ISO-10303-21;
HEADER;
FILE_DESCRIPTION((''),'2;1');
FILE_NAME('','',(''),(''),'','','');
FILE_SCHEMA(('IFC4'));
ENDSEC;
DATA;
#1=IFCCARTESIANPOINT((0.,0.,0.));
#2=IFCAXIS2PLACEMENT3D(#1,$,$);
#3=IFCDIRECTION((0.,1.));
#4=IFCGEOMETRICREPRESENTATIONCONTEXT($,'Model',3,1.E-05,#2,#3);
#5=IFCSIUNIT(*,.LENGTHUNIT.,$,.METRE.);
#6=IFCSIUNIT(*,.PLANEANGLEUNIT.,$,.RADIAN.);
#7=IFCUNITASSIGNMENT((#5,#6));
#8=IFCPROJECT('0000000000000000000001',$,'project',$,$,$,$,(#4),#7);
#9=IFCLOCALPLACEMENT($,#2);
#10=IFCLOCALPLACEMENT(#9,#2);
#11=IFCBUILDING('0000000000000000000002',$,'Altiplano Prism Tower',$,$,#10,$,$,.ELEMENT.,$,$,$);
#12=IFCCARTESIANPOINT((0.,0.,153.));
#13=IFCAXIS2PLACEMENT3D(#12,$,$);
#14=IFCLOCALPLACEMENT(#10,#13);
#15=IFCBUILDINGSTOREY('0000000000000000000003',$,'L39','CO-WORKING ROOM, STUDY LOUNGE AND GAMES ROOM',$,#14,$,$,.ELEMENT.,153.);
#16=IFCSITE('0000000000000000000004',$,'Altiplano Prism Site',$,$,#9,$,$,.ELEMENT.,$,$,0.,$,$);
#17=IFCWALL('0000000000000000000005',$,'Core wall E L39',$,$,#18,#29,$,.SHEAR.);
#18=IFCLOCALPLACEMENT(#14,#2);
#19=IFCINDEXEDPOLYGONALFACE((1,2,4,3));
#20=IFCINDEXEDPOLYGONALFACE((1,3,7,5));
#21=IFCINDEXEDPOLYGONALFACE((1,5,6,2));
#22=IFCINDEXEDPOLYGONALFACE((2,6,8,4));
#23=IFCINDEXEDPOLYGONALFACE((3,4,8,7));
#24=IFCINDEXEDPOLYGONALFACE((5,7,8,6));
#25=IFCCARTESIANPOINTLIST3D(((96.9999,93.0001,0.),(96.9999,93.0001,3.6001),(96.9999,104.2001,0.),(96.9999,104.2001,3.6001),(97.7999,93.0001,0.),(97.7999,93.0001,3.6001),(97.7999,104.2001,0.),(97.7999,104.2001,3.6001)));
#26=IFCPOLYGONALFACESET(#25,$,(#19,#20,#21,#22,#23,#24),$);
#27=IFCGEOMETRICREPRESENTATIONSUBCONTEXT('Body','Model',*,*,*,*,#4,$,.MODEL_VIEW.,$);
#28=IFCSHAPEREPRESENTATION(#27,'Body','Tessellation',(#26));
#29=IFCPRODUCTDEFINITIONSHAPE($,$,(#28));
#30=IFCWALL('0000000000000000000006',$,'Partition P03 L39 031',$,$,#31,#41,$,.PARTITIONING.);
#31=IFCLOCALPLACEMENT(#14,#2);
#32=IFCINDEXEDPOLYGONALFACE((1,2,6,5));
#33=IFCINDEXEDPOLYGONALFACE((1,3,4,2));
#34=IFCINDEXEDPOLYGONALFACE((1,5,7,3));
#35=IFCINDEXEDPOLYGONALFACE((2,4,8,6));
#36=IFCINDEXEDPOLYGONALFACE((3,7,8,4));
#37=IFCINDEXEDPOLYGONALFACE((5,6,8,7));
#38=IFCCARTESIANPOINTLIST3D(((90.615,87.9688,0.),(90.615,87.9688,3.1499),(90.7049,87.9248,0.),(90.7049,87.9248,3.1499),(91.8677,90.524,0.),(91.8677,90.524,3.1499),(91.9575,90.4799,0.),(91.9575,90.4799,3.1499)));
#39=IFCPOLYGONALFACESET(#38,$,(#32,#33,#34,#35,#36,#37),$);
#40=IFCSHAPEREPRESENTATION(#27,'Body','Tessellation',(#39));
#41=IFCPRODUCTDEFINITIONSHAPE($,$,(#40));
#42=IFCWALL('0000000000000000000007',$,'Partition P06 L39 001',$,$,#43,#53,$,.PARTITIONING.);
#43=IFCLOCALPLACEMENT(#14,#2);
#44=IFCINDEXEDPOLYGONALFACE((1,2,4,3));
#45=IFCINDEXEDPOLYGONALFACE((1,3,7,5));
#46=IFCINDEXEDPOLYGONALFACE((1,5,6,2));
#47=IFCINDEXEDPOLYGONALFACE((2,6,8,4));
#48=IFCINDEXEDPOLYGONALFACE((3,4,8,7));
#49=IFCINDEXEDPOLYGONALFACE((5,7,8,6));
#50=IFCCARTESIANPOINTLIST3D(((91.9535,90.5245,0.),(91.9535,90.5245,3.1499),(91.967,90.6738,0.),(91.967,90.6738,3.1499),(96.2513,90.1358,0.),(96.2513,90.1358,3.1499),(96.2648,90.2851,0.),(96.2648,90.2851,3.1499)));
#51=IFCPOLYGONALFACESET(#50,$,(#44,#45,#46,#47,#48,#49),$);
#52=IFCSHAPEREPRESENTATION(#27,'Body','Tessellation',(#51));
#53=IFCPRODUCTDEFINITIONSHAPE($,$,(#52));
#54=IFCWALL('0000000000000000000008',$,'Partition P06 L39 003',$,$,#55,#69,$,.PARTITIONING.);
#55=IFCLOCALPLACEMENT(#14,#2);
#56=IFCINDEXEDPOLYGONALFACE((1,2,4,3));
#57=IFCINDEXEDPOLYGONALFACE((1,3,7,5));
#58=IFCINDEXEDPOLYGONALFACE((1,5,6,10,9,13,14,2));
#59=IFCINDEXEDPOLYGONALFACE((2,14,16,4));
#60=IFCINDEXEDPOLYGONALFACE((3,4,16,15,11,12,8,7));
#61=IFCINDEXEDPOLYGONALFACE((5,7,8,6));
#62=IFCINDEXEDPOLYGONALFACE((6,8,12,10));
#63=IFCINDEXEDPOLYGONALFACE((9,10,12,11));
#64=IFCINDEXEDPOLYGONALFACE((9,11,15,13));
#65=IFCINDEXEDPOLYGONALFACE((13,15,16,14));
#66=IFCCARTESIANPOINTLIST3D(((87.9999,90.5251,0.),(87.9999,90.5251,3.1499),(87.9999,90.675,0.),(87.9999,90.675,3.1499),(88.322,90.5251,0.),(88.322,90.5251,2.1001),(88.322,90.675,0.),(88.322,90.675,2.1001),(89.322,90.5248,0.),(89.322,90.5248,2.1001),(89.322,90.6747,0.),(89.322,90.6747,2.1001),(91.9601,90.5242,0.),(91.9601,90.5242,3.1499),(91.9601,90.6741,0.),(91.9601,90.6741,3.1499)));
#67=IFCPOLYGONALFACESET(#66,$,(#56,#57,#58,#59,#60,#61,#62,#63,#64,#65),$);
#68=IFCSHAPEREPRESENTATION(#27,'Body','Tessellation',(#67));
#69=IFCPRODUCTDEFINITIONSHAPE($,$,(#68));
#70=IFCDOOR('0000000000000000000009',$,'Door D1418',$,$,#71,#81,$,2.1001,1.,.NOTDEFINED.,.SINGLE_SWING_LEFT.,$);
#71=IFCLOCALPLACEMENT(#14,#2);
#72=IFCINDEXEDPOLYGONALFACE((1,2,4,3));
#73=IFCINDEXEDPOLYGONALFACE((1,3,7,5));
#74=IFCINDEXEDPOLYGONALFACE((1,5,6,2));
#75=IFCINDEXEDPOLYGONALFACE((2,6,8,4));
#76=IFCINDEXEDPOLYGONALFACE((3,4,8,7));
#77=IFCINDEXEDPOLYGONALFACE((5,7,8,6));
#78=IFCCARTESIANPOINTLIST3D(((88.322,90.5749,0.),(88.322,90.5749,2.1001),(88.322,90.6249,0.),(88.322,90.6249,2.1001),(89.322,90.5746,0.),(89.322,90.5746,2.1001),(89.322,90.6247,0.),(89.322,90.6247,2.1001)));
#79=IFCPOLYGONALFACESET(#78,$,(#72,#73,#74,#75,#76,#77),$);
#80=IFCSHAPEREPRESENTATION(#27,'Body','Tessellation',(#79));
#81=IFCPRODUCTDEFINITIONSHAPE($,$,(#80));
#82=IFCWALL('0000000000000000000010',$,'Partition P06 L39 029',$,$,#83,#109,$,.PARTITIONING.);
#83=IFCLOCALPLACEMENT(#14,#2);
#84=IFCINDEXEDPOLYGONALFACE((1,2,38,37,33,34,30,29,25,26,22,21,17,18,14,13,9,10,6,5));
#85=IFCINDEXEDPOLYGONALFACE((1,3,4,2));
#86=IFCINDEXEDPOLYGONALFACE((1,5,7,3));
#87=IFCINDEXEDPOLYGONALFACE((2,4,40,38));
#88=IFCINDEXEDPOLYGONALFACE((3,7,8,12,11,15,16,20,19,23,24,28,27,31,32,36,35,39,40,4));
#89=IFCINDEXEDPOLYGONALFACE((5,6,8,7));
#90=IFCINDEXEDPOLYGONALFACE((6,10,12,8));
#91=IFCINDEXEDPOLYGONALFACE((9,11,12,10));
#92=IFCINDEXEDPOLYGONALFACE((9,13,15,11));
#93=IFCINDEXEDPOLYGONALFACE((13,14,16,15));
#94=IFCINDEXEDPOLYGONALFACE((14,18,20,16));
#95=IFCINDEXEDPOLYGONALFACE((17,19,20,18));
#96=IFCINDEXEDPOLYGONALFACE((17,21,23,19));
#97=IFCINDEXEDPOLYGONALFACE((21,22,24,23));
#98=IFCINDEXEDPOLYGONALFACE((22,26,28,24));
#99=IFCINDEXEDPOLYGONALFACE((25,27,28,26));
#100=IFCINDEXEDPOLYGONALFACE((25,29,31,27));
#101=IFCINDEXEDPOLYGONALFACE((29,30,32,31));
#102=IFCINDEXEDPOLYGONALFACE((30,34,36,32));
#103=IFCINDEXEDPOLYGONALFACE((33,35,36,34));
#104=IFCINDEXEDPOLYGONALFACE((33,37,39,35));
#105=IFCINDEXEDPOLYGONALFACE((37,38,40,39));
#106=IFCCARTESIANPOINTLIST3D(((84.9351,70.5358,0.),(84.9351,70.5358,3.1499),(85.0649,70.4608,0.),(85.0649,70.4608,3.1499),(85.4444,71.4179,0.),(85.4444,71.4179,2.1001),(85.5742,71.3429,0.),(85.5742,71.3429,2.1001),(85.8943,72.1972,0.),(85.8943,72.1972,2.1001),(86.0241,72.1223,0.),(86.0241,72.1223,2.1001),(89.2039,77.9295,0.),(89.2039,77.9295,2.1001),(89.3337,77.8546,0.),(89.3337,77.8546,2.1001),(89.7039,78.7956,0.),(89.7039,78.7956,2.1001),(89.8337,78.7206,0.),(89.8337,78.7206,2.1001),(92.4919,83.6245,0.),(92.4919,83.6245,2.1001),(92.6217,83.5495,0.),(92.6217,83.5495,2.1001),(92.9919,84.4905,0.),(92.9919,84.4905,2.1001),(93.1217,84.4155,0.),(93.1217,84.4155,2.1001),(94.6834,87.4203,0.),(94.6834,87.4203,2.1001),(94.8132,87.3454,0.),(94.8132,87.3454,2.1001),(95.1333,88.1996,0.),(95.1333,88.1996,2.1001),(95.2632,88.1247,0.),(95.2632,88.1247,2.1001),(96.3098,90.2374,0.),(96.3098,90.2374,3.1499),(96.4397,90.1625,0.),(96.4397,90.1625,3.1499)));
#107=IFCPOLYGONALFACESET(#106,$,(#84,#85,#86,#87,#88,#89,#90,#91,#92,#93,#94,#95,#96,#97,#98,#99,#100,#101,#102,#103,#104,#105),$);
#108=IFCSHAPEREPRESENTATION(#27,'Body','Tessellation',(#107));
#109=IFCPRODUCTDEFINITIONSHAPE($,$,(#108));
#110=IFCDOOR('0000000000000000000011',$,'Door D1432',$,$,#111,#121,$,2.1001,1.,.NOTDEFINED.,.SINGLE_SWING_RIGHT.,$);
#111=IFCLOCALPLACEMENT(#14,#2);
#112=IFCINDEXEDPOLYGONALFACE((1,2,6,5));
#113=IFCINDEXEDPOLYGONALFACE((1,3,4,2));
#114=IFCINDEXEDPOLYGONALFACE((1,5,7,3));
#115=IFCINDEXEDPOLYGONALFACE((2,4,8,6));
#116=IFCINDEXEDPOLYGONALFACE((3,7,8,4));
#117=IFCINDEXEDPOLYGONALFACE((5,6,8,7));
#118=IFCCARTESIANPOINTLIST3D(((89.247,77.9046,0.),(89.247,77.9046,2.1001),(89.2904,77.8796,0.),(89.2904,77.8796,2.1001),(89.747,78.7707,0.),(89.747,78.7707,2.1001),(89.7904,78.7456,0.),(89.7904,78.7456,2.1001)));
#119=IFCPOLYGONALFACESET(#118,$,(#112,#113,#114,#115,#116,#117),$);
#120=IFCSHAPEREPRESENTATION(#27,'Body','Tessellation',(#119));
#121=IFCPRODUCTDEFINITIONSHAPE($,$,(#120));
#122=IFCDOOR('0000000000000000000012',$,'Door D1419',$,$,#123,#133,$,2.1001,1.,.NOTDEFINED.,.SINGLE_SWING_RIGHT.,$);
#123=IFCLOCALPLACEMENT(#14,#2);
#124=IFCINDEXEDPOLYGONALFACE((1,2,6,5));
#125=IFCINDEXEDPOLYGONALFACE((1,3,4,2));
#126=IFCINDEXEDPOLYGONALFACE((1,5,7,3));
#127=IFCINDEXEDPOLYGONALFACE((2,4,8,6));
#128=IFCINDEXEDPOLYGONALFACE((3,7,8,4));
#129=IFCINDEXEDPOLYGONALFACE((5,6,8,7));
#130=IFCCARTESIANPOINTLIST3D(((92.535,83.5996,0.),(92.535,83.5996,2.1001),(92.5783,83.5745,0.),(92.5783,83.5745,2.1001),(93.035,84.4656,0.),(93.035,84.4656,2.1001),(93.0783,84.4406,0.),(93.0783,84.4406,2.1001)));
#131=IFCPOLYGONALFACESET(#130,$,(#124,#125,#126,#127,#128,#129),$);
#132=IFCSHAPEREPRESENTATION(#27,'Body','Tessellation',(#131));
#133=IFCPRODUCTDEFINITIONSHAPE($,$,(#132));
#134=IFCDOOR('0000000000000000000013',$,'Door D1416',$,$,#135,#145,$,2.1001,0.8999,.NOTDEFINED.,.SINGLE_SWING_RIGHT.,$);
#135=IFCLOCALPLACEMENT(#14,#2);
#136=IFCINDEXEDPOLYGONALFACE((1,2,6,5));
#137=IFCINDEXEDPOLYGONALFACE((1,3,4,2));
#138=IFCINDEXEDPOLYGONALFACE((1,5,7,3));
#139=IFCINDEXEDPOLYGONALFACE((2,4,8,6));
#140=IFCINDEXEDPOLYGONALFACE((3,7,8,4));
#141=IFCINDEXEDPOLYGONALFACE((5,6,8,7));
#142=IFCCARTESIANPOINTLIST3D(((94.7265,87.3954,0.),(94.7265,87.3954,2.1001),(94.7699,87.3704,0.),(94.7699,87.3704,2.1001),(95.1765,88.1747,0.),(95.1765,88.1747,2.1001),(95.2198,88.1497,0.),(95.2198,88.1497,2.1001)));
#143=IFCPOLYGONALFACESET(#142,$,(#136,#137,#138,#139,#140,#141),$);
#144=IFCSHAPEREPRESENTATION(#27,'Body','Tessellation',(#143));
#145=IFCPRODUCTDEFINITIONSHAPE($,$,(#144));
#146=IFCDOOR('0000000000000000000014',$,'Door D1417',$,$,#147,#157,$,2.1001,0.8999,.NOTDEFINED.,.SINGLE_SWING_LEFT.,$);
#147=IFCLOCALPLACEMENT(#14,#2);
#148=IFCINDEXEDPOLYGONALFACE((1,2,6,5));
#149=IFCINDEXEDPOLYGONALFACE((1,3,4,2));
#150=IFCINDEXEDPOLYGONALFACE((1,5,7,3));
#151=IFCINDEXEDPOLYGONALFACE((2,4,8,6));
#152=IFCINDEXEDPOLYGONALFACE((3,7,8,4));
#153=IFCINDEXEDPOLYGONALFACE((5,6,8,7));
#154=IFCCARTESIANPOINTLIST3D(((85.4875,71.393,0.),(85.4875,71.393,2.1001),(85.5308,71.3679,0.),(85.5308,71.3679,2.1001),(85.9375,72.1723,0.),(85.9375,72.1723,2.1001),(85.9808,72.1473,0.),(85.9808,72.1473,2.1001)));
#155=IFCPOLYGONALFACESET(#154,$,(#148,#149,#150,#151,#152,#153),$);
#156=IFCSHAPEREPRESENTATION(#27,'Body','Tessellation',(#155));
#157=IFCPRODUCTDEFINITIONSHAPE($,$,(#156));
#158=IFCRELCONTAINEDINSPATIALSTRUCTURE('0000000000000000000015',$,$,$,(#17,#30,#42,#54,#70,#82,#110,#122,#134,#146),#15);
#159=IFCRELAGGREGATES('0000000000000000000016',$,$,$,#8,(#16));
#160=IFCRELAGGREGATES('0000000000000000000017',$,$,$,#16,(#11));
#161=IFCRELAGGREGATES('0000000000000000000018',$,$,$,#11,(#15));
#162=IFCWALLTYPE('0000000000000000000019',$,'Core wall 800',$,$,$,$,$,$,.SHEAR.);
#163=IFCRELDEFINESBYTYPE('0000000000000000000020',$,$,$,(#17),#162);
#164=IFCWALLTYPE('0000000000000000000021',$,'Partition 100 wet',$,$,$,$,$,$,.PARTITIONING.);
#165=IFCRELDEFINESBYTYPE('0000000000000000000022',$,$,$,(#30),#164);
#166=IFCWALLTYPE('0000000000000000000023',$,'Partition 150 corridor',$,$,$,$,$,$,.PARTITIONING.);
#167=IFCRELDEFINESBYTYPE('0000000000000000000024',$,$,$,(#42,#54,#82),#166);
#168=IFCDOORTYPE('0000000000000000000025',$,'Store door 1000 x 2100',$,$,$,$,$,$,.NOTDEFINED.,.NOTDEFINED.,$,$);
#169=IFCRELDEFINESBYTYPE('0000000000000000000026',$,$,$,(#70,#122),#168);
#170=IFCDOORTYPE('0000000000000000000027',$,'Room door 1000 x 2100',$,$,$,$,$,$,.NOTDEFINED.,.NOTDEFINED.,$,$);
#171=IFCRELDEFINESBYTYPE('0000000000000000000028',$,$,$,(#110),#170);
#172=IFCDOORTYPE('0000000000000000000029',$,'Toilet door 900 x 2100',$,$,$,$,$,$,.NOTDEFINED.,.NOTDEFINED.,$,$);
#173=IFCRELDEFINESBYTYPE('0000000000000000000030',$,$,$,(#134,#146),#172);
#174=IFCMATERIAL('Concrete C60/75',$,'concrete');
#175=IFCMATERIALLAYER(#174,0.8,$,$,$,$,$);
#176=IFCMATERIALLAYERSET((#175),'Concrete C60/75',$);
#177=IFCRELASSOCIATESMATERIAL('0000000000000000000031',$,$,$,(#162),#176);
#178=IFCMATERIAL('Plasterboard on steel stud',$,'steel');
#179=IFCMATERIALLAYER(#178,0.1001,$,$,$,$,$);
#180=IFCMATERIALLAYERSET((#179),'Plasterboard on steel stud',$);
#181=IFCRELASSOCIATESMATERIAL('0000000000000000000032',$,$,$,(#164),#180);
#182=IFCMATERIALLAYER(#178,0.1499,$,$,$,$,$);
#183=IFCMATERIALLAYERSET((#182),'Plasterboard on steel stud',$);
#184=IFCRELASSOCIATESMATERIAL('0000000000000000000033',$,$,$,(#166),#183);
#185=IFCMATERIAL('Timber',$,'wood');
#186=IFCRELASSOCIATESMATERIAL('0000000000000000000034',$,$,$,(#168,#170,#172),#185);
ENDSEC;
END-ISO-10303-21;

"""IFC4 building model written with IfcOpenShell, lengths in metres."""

from ifc_helpers import new_model, si_unit, direction, frame, frame_2d, origin, place, context, subcontext, project, spatial, rectangle, extrude, material, layer, layer_set, type_object, element, fill, save


model = new_model("IFC4")

# Units and contexts
model_context = context("Model", 3, precision=1e-05, world=origin(), true_north=direction((0.0, 1.0)))
body_context = subcontext(model_context, "Body", "Model", "MODEL_VIEW")
ifc_project = project(units=[si_unit("LENGTHUNIT", "METRE"), si_unit("PLANEANGLEUNIT", "RADIAN")], contexts=[model_context])

# Site, building, storey
site_placement = place(None, origin())
site = spatial("IfcSite", under=ifc_project, at=site_placement, Name="Altiplano Prism Site", CompositionType="ELEMENT", RefElevation=0.0)
building_placement = place(site_placement, origin())
building = spatial("IfcBuilding", under=site, at=building_placement, Name="Altiplano Prism Tower", CompositionType="ELEMENT")
storey_placement = place(building_placement, frame((0.0, 0.0, 153.0)))
storey = spatial("IfcBuildingStorey", under=building, at=storey_placement, Name="L39", Description="CO-WORKING ROOM, STUDY LOUNGE AND GAMES ROOM", CompositionType="ELEMENT", Elevation=153.0)

# Walls
ifc_material_1 = material(Name="Concrete C60/75", Category="concrete")
ifc_layer_1 = layer(ifc_material_1, 0.8)
ifc_layer_set_1 = layer_set([ifc_layer_1], Name="Concrete C60/75")
wall_type_1 = type_object("IfcWallType", Name="Core wall 800", PredefinedType="SHEAR", material=ifc_layer_set_1)
wall_1_placement = place(storey_placement, frame((97.3999, 93.0, 0.0), z_axis=(0.0, 0.0, 1.0), x_axis=(0.0, 1.0, 0.0)))
element("IfcWall", 1, at=wall_1_placement, inside=storey, type_object=wall_type_1, Name="Core wall E L39", PredefinedType="SHEAR", context=body_context, shape_type="SweptSolid", body=[
    extrude(rectangle(XDim=11.2, YDim=0.8, at=frame_2d((5.6001, 0.0))), origin(), (0.0, 0.0, 1.0), 3.6001),
])
ifc_material_2 = material(Name="Plasterboard on steel stud", Category="steel")
ifc_layer_2 = layer(ifc_material_2, 0.1001)
ifc_layer_set_2 = layer_set([ifc_layer_2], Name="Plasterboard on steel stud")
wall_type_2 = type_object("IfcWallType", Name="Partition 100 wet", PredefinedType="PARTITIONING", material=ifc_layer_set_2)
wall_2_placement = place(storey_placement, frame((91.9126, 90.502, 0.0), z_axis=(0.0, 0.0, 1.0), x_axis=(-0.440199, -0.8979, 0.0)))
element("IfcWall", 2, at=wall_2_placement, inside=storey, type_object=wall_type_2, Name="Partition P03 L39 031", PredefinedType="PARTITIONING", context=body_context, shape_type="SweptSolid", body=[
    extrude(rectangle(XDim=2.8457, YDim=0.1001, at=frame_2d((1.4229, 0.0))), origin(), (0.0, 0.0, 1.0), 3.1499),
])
ifc_layer_3 = layer(ifc_material_2, 0.1499)
ifc_layer_set_3 = layer_set([ifc_layer_3], Name="Plasterboard on steel stud")
wall_type_3 = type_object("IfcWallType", Name="Partition 150 corridor", PredefinedType="PARTITIONING", material=ifc_layer_set_3)
wall_3_placement = place(storey_placement, frame((91.9602, 90.5991, 0.0), z_axis=(0.0, 0.0, 1.0), x_axis=(0.995936, -0.090066, 0.0)))
element("IfcWall", 3, at=wall_3_placement, inside=storey, type_object=wall_type_3, Name="Partition P06 L39 001", PredefinedType="PARTITIONING", context=body_context, shape_type="SweptSolid", body=[
    extrude(rectangle(XDim=4.3154, YDim=0.1499, at=frame_2d((2.1577, 0.0))), origin(), (0.0, 0.0, 1.0), 3.1499),
])

# Wall, opening, door
wall_4_placement = place(storey_placement, frame((88.0, 90.6001, 0.0), z_axis=(0.0, 0.0, 1.0), x_axis=(1.0, -0.000247, 0.0)))
wall_4 = element("IfcWall", 4, at=wall_4_placement, inside=storey, type_object=wall_type_3, Name="Partition P06 L39 003", PredefinedType="PARTITIONING", context=body_context, shape_type="SweptSolid", body=[
    extrude(rectangle(XDim=3.9602, YDim=0.1499, at=frame_2d((1.98, 0.0))), origin(), (0.0, 0.0, 1.0), 3.1499),
])
opening_1_placement = place(wall_4_placement, frame((0.322, 0.0, 0.0)))
opening_1 = element("IfcOpeningElement", 5, at=opening_1_placement, cuts=wall_4, PredefinedType="OPENING", context=body_context, shape_type="SweptSolid", body=[
    extrude(rectangle(XDim=1.0, YDim=2.1001, at=frame_2d((0.5, 1.05))), frame((0.0, 0.0854, 0.0), z_axis=(0.0, -1.0, 0.0), x_axis=(1.0, 0.0, 0.0)), (0.0, 0.0, 1.0), 0.1709),
])
ifc_material_3 = material(Name="Timber", Category="wood")
door_type_1 = type_object("IfcDoorType", Name="Store door 1000 x 2100", OperationType="NOTDEFINED", PredefinedType="NOTDEFINED", material=ifc_material_3)
door_1_placement = place(opening_1_placement, origin())
door_1 = element("IfcDoor", 6, at=door_1_placement, inside=storey, type_object=door_type_1, Name="Door D1418", OperationType="SINGLE_SWING_LEFT", OverallHeight=2.1001, OverallWidth=1.0, PredefinedType="NOTDEFINED", context=body_context, shape_type="SweptSolid", body=[
    extrude(rectangle(XDim=1.0, YDim=2.1001, at=frame_2d((0.5, 1.05))), frame((0.0, 0.0249, 0.0), z_axis=(0.0, -1.0, 0.0), x_axis=(1.0, 0.0, 0.0)), (0.0, 0.0, 1.0), 0.05),
])
fill(opening_1, door_1)

# Wall, openings, doors
wall_5_placement = place(storey_placement, frame((96.3748, 90.2, 0.0), z_axis=(0.0, 0.0, 1.0), x_axis=(-0.5, -0.866025, 0.0)))
wall_5 = element("IfcWall", 7, at=wall_5_placement, inside=storey, type_object=wall_type_3, Name="Partition P06 L39 029", PredefinedType="PARTITIONING", context=body_context, shape_type="SweptSolid", body=[
    extrude(rectangle(XDim=22.7495, YDim=0.1499, at=frame_2d((11.3748, 0.0))), origin(), (0.0, 0.0, 1.0), 3.1499),
])
opening_2_placement = place(wall_5_placement, frame((2.353, 0.0, 0.0)))
opening_2 = element("IfcOpeningElement", 8, at=opening_2_placement, cuts=wall_5, PredefinedType="OPENING", context=body_context, shape_type="SweptSolid", body=[
    extrude(rectangle(XDim=0.8999, YDim=2.1001, at=frame_2d((0.45, 1.05))), frame((0.0, 0.0854, 0.0), z_axis=(0.0, -1.0, 0.0), x_axis=(1.0, 0.0, 0.0)), (0.0, 0.0, 1.0), 0.1709),
])
opening_3_placement = place(wall_5_placement, frame((20.8311, 0.0, 0.0)))
opening_3 = element("IfcOpeningElement", 9, at=opening_3_placement, cuts=wall_5, PredefinedType="OPENING", context=body_context, shape_type="SweptSolid", body=[
    extrude(rectangle(XDim=0.8999, YDim=2.1001, at=frame_2d((0.45, 1.05))), frame((0.0, 0.0854, 0.0), z_axis=(0.0, -1.0, 0.0), x_axis=(1.0, 0.0, 0.0)), (0.0, 0.0, 1.0), 0.1709),
])
opening_4_placement = place(wall_5_placement, frame((6.636, 0.0, 0.0)))
opening_4 = element("IfcOpeningElement", 10, at=opening_4_placement, cuts=wall_5, PredefinedType="OPENING", context=body_context, shape_type="SweptSolid", body=[
    extrude(rectangle(XDim=1.0, YDim=2.1001, at=frame_2d((0.5, 1.05))), frame((0.0, 0.0854, 0.0), z_axis=(0.0, -1.0, 0.0), x_axis=(1.0, 0.0, 0.0)), (0.0, 0.0, 1.0), 0.1709),
])
opening_5_placement = place(wall_5_placement, frame((13.2119, 0.0, 0.0)))
opening_5 = element("IfcOpeningElement", 11, at=opening_5_placement, cuts=wall_5, PredefinedType="OPENING", context=body_context, shape_type="SweptSolid", body=[
    extrude(rectangle(XDim=1.0, YDim=2.1001, at=frame_2d((0.5, 1.05))), frame((0.0, 0.0854, 0.0), z_axis=(0.0, -1.0, 0.0), x_axis=(1.0, 0.0, 0.0)), (0.0, 0.0, 1.0), 0.1709),
])
door_type_2 = type_object("IfcDoorType", Name="Room door 1000 x 2100", OperationType="NOTDEFINED", PredefinedType="NOTDEFINED", material=ifc_material_3)
door_2_placement = place(opening_5_placement, origin())
door_2 = element("IfcDoor", 12, at=door_2_placement, inside=storey, type_object=door_type_2, Name="Door D1432", OperationType="SINGLE_SWING_RIGHT", OverallHeight=2.1001, OverallWidth=1.0, PredefinedType="NOTDEFINED", context=body_context, shape_type="SweptSolid", body=[
    extrude(rectangle(XDim=1.0, YDim=2.1001, at=frame_2d((0.5, 1.05))), frame((0.0, 0.0249, 0.0), z_axis=(0.0, -1.0, 0.0), x_axis=(1.0, 0.0, 0.0)), (0.0, 0.0, 1.0), 0.05),
])
fill(opening_5, door_2)
door_3_placement = place(opening_4_placement, origin())
door_3 = element("IfcDoor", 13, at=door_3_placement, inside=storey, type_object=door_type_1, Name="Door D1419", OperationType="SINGLE_SWING_RIGHT", OverallHeight=2.1001, OverallWidth=1.0, PredefinedType="NOTDEFINED", context=body_context, shape_type="SweptSolid", body=[
    extrude(rectangle(XDim=1.0, YDim=2.1001, at=frame_2d((0.5, 1.05))), frame((0.0, 0.0249, 0.0), z_axis=(0.0, -1.0, 0.0), x_axis=(1.0, 0.0, 0.0)), (0.0, 0.0, 1.0), 0.05),
])
fill(opening_4, door_3)
door_type_3 = type_object("IfcDoorType", Name="Toilet door 900 x 2100", OperationType="NOTDEFINED", PredefinedType="NOTDEFINED", material=ifc_material_3)
door_4_placement = place(opening_2_placement, origin())
door_4 = element("IfcDoor", 14, at=door_4_placement, inside=storey, type_object=door_type_3, Name="Door D1416", OperationType="SINGLE_SWING_RIGHT", OverallHeight=2.1001, OverallWidth=0.8999, PredefinedType="NOTDEFINED", context=body_context, shape_type="SweptSolid", body=[
    extrude(rectangle(XDim=0.8999, YDim=2.1001, at=frame_2d((0.45, 1.05))), frame((0.0, 0.0249, 0.0), z_axis=(0.0, -1.0, 0.0), x_axis=(1.0, 0.0, 0.0)), (0.0, 0.0, 1.0), 0.05),
])
fill(opening_2, door_4)
door_5_placement = place(opening_3_placement, origin())
door_5 = element("IfcDoor", 15, at=door_5_placement, inside=storey, type_object=door_type_3, Name="Door D1417", OperationType="SINGLE_SWING_LEFT", OverallHeight=2.1001, OverallWidth=0.8999, PredefinedType="NOTDEFINED", context=body_context, shape_type="SweptSolid", body=[
    extrude(rectangle(XDim=0.8999, YDim=2.1001, at=frame_2d((0.45, 1.05))), frame((0.0, 0.0249, 0.0), z_axis=(0.0, -1.0, 0.0), x_axis=(1.0, 0.0, 0.0)), (0.0, 0.0, 1.0), 0.05),
])
fill(opening_3, door_5)

save(model, "model.ifc")
